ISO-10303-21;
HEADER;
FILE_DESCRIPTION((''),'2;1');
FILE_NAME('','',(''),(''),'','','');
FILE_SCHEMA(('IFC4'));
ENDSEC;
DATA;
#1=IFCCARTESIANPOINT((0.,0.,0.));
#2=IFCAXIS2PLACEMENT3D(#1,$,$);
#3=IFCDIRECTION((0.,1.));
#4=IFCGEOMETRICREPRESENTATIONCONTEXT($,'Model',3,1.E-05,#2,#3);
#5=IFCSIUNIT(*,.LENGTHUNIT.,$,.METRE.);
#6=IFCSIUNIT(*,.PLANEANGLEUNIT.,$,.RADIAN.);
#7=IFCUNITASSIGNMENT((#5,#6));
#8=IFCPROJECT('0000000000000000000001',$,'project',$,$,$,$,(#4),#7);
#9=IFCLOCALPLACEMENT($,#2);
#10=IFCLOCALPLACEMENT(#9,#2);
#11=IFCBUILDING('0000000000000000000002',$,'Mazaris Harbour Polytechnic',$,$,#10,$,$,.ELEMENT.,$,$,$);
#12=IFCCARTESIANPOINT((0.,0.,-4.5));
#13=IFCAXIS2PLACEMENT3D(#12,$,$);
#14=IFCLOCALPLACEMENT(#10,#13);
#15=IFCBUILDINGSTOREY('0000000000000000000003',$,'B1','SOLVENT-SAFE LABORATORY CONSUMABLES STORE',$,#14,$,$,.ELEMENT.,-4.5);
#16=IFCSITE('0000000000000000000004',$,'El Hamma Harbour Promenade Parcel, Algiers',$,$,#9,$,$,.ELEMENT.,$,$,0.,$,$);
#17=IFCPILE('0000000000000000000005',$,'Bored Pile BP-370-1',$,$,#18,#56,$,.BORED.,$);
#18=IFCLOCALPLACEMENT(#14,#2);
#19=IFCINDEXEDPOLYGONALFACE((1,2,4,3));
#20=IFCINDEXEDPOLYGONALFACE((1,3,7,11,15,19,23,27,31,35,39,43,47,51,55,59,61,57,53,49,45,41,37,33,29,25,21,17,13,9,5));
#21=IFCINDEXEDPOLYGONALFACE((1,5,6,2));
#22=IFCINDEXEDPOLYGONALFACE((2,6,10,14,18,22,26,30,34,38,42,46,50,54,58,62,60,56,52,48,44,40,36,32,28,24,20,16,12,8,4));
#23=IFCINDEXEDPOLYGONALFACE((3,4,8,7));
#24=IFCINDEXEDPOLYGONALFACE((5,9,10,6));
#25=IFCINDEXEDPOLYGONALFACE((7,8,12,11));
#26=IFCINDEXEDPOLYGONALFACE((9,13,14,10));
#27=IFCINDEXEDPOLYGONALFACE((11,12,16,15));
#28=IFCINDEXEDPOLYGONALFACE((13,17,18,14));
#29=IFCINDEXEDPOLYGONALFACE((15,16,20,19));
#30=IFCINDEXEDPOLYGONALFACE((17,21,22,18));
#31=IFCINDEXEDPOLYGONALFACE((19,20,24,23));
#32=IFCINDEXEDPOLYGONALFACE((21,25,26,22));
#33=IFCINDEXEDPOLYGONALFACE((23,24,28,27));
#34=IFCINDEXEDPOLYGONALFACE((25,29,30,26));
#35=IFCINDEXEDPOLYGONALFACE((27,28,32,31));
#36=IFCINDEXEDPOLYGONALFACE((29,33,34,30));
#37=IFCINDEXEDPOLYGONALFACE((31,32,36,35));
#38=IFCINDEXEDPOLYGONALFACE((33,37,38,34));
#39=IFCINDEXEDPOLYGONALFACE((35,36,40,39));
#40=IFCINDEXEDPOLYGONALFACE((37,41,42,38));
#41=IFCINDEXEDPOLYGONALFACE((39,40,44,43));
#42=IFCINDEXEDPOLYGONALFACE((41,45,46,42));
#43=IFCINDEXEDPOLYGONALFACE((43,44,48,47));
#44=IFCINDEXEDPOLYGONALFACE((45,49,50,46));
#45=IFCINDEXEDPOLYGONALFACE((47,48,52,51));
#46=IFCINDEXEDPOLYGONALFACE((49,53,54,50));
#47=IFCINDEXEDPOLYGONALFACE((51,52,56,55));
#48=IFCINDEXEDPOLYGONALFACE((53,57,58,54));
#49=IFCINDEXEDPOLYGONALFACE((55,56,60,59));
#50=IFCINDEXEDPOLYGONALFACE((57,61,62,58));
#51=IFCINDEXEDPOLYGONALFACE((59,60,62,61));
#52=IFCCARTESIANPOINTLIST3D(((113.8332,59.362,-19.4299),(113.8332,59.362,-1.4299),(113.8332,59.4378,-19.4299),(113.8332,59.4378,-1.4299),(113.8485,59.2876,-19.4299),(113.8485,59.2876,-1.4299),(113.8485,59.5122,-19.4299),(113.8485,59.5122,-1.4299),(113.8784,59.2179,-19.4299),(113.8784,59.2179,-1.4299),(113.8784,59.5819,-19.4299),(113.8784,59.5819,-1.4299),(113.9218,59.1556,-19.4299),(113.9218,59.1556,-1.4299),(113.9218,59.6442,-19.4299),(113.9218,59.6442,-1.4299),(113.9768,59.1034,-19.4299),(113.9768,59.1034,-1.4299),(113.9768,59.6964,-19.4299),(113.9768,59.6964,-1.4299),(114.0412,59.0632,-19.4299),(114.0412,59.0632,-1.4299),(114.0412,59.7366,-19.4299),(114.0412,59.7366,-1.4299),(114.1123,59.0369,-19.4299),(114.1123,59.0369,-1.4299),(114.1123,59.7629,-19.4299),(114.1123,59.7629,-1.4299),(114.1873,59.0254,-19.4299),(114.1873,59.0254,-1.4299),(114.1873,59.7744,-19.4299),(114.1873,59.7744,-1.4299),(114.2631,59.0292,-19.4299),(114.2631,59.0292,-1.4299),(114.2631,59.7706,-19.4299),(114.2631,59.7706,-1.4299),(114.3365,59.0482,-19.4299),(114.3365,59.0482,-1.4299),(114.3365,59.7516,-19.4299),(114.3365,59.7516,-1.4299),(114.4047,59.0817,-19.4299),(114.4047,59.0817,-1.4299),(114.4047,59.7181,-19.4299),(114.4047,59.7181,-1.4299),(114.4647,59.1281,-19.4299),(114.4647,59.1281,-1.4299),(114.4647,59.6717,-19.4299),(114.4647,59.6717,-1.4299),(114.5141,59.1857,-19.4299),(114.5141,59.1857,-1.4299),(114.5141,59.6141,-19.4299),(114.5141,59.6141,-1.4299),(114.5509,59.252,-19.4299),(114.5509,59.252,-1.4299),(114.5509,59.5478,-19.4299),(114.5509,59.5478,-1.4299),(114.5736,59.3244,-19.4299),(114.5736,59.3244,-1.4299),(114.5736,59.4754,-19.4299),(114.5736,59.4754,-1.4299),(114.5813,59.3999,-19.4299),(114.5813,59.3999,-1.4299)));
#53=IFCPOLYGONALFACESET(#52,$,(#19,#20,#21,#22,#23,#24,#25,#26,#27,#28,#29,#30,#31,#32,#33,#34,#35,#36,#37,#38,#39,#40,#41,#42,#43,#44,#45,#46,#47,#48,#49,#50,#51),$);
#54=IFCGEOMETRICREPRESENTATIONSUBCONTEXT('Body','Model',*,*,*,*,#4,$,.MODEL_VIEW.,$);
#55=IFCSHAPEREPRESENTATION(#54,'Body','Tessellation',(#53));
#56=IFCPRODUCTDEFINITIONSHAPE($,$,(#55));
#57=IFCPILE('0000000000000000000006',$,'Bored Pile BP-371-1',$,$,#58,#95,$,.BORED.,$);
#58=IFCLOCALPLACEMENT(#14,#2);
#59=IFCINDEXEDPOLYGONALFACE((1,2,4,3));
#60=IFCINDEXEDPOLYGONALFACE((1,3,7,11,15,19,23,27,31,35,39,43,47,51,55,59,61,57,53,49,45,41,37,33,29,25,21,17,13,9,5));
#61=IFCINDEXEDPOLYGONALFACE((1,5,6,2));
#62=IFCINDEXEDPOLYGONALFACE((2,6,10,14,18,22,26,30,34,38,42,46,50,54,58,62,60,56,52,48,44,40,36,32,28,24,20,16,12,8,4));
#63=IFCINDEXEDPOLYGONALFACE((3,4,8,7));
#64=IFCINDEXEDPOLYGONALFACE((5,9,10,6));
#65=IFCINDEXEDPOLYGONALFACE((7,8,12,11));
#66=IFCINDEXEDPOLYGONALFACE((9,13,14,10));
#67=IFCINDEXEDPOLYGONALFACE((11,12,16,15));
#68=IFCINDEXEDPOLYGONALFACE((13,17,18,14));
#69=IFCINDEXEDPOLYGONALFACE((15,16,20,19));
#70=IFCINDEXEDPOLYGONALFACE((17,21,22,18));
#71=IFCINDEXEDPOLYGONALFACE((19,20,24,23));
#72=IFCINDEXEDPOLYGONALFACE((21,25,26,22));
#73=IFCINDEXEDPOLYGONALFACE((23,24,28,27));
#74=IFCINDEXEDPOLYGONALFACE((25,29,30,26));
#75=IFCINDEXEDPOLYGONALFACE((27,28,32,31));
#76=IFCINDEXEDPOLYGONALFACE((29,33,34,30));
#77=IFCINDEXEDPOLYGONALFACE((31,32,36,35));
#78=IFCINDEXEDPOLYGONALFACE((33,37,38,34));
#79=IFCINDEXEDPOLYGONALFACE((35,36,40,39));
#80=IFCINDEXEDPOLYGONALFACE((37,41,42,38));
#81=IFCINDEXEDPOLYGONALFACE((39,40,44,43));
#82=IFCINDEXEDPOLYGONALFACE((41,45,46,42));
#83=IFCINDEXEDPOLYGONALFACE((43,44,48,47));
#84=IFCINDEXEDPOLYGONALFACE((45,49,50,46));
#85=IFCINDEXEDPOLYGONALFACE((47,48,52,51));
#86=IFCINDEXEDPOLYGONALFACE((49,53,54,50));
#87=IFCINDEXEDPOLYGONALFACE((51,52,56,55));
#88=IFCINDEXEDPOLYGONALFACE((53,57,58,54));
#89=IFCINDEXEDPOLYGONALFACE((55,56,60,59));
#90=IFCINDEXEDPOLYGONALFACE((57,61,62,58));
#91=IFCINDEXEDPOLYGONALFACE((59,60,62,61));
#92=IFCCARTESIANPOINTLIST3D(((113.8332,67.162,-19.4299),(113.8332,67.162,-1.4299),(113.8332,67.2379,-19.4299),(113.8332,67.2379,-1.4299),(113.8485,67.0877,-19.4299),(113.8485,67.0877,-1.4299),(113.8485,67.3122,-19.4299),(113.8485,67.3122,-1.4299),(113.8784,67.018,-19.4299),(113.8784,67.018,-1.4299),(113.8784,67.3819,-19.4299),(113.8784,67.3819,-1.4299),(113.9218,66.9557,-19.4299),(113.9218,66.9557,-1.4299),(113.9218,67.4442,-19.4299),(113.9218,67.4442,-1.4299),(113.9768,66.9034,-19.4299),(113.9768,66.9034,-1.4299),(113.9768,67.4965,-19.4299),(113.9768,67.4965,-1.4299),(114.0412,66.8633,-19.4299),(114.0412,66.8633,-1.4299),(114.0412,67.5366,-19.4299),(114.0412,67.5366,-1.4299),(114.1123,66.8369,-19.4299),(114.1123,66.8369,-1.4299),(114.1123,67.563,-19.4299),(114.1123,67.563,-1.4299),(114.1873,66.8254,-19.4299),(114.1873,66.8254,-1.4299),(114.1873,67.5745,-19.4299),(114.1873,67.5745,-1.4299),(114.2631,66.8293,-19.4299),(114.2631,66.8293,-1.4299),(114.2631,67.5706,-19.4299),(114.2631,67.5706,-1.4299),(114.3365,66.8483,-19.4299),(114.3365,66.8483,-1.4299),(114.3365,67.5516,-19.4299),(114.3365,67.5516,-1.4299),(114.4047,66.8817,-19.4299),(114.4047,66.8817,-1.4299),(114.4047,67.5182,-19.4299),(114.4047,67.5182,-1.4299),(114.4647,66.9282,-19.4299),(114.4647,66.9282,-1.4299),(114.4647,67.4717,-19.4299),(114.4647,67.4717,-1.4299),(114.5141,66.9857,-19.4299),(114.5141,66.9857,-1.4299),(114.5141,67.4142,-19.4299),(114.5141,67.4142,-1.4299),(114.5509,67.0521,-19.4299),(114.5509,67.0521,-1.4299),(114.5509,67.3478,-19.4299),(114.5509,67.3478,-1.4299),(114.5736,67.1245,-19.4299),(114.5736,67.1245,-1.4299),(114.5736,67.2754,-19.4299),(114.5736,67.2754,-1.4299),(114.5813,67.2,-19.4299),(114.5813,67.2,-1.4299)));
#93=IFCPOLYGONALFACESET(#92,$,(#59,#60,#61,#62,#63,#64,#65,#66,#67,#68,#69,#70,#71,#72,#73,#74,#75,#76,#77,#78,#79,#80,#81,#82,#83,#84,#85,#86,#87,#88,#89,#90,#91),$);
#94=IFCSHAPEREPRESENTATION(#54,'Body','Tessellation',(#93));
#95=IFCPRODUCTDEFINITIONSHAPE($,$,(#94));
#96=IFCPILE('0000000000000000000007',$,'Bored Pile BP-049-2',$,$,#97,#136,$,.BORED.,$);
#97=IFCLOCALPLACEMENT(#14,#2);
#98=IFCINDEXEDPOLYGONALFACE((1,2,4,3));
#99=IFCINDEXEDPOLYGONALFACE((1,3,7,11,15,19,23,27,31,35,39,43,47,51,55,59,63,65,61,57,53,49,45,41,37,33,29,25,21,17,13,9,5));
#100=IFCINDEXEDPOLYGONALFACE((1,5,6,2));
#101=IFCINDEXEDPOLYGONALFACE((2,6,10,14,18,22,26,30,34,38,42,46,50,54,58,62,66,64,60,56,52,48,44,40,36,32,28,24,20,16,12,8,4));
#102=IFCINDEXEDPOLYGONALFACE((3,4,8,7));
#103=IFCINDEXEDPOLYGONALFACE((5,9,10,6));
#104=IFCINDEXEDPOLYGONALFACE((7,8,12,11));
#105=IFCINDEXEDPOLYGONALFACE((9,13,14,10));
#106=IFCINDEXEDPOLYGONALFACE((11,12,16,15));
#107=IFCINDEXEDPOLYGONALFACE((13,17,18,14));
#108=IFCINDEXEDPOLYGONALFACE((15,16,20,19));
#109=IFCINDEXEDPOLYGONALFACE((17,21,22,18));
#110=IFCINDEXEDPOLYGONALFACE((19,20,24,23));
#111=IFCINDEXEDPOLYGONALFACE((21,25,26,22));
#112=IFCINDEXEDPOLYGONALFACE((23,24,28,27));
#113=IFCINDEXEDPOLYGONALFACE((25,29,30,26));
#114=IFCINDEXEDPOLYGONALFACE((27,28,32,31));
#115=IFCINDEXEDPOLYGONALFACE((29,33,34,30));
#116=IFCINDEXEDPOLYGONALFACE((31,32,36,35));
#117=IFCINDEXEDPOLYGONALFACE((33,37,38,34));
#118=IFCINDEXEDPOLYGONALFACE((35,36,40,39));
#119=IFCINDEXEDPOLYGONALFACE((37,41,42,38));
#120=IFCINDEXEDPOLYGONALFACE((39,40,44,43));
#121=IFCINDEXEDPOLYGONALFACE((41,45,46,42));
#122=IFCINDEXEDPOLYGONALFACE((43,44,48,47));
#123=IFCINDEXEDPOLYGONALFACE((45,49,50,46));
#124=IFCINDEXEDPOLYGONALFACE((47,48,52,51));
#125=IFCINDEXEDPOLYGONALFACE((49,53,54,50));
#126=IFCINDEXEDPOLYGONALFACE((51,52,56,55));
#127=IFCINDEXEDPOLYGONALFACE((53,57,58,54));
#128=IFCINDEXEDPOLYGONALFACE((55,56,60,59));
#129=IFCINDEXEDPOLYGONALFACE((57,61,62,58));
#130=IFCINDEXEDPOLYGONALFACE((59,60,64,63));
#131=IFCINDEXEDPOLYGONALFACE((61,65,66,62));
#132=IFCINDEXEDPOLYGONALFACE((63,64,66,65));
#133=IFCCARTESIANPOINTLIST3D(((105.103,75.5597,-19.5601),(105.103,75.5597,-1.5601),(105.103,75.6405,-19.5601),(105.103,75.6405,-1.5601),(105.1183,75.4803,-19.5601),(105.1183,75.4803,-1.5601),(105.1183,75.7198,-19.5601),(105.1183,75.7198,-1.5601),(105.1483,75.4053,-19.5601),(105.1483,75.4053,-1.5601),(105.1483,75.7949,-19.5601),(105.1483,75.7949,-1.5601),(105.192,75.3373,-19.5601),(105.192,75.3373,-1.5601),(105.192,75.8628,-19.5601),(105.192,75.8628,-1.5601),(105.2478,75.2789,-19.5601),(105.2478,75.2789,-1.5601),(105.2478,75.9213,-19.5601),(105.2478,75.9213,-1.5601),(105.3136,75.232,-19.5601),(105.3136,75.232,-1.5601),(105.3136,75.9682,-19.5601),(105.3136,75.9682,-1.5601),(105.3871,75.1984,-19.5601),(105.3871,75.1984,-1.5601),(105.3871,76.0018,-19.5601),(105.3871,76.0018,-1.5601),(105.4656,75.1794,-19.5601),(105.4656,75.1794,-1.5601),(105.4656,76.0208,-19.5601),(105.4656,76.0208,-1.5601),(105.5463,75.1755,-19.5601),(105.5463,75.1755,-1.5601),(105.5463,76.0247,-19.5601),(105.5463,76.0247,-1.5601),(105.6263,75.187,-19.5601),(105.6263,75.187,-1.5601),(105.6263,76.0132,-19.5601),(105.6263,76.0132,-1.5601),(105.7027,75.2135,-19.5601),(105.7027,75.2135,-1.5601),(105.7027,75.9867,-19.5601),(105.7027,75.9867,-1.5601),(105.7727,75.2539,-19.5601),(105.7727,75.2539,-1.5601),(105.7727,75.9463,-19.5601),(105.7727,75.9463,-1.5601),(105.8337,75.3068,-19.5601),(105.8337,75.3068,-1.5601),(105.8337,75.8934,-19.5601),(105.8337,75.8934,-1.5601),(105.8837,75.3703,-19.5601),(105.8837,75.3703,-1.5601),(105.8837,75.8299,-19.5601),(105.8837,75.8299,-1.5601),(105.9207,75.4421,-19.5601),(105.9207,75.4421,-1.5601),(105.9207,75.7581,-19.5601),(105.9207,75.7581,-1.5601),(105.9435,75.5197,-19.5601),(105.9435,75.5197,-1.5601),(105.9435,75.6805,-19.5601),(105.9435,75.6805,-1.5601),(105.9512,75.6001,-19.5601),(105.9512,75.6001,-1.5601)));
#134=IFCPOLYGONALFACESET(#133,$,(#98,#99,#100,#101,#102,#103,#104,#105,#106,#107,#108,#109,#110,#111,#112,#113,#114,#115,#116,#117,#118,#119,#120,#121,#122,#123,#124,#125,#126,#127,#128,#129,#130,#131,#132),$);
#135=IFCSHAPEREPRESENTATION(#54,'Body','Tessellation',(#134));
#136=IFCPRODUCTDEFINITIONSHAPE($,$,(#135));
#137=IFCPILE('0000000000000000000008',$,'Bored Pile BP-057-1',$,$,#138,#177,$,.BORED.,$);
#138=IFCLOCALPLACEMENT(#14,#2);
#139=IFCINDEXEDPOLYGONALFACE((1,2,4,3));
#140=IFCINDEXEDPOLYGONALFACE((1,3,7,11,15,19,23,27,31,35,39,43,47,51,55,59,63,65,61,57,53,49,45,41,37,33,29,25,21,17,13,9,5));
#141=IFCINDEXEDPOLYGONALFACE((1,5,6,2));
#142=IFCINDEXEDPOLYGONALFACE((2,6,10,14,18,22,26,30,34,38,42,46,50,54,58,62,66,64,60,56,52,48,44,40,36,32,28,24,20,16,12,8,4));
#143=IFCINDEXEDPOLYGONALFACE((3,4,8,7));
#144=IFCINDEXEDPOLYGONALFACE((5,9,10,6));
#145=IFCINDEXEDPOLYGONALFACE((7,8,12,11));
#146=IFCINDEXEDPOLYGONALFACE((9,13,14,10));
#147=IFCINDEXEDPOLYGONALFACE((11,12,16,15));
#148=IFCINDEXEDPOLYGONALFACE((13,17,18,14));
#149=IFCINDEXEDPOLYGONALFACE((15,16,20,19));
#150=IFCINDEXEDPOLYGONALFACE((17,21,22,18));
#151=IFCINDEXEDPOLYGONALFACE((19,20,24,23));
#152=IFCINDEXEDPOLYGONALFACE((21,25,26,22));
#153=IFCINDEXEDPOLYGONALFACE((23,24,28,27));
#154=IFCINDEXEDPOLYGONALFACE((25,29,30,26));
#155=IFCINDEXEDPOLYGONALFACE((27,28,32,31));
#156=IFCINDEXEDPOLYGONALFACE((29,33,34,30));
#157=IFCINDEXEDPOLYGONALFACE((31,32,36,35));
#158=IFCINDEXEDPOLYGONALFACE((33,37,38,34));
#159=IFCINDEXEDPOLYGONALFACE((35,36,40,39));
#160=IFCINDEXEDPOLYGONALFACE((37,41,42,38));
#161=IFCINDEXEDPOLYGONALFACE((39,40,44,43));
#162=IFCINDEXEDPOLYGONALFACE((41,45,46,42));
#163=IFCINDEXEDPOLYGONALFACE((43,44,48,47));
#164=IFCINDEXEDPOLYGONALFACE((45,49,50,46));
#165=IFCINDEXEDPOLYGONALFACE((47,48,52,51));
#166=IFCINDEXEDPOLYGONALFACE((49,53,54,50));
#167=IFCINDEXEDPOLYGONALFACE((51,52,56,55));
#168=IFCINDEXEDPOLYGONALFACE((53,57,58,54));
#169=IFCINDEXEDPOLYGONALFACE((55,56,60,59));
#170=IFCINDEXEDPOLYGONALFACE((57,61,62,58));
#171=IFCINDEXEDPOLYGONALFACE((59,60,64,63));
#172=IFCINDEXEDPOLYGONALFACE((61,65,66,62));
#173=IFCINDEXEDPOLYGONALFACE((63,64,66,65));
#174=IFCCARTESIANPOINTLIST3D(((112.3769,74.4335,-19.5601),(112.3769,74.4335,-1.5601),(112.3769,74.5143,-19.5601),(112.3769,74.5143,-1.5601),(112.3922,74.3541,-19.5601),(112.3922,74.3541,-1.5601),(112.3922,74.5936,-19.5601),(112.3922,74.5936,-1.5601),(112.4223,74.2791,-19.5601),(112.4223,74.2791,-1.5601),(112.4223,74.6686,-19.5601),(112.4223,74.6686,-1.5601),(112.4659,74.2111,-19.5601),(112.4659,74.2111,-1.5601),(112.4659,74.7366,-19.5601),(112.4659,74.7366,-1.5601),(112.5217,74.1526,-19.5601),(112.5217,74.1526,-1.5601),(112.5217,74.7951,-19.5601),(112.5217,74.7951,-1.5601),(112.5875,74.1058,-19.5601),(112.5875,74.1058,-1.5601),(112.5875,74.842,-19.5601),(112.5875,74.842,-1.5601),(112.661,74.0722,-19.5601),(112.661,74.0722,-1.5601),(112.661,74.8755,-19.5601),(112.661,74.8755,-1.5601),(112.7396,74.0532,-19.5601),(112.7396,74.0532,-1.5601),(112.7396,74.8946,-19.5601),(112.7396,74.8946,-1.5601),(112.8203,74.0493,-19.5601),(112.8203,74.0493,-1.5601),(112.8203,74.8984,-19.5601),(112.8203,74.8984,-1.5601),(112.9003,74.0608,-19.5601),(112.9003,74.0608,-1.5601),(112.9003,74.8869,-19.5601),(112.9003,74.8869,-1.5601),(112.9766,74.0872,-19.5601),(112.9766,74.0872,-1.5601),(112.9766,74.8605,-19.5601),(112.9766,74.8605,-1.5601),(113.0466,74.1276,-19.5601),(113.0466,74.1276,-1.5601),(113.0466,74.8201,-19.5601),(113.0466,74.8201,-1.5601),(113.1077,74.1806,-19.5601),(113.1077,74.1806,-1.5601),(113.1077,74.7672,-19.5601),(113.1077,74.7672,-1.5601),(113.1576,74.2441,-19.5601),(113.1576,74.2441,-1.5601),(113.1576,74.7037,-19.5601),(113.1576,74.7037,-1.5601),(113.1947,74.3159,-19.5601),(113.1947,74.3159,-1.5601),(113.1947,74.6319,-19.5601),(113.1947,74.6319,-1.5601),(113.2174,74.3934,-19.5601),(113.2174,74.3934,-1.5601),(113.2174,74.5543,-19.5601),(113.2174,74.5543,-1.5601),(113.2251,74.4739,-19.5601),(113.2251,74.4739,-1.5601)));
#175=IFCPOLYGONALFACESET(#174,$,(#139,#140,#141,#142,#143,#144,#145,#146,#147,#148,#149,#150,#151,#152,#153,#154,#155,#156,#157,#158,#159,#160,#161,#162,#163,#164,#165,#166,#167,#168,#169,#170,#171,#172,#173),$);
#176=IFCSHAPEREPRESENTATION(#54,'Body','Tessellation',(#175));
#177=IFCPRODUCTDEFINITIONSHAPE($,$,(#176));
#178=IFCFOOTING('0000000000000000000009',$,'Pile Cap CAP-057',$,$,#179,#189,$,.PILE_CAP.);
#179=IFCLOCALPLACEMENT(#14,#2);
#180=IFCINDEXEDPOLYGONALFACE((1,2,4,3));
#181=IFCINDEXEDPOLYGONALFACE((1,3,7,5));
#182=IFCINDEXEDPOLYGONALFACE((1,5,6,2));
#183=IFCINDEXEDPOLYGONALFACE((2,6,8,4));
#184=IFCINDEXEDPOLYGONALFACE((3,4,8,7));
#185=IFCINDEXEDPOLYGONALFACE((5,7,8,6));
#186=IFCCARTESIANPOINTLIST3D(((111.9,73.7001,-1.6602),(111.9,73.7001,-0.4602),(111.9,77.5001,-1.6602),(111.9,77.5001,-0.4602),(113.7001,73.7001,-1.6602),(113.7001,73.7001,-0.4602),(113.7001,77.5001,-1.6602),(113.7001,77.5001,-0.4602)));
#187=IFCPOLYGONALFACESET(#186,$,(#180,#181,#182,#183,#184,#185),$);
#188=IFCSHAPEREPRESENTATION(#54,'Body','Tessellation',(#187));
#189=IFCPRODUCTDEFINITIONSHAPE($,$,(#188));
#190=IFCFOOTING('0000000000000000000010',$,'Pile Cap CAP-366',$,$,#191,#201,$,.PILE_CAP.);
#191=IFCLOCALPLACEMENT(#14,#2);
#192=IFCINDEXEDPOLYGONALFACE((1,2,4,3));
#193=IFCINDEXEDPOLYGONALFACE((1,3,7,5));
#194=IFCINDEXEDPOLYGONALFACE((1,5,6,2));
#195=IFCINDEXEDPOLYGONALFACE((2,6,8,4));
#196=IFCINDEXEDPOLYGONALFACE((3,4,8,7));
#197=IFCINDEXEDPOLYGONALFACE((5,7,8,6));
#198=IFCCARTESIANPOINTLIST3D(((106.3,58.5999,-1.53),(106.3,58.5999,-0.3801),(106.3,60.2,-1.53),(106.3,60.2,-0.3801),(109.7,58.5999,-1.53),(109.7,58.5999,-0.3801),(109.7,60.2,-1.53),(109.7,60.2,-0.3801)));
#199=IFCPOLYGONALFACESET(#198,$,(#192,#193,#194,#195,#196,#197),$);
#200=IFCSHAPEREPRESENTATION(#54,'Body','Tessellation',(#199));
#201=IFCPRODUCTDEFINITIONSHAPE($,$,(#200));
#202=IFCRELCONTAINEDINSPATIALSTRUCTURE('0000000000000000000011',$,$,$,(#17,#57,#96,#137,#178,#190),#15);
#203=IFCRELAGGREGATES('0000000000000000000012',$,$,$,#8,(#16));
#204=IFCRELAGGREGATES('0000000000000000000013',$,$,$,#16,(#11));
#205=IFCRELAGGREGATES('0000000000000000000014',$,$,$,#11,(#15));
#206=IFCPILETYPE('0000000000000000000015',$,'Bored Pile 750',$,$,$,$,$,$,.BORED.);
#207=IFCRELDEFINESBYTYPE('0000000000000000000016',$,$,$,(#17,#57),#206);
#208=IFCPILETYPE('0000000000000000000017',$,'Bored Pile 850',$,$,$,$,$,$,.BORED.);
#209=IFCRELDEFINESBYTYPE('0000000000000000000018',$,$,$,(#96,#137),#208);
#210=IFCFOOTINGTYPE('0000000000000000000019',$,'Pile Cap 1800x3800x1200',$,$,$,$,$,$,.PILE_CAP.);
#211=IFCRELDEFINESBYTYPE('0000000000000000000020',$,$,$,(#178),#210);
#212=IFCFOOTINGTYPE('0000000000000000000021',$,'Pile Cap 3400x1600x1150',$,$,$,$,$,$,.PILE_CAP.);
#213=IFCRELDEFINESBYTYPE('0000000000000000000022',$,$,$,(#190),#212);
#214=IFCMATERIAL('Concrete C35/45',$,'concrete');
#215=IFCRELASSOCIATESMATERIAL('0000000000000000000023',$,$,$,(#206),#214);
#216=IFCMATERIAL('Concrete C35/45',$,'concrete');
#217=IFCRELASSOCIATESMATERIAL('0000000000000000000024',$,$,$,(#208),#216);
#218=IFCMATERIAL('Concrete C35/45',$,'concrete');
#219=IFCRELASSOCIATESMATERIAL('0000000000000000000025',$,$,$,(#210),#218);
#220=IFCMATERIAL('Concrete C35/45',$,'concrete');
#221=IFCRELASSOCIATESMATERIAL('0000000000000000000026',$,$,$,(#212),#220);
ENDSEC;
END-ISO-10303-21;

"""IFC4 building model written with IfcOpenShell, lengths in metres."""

from ifc_helpers import new_model, si_unit, direction, frame, origin, origin_2d, place, context, subcontext, project, spatial, rectangle, circle, extrude, material, material_profile, profile_set, type_object, element, save


model = new_model("IFC4")

# Units and contexts
model_context = context("Model", 3, precision=1e-05, world=origin(), true_north=direction((0.0, 1.0)))
body_context = subcontext(model_context, "Body", "Model", "MODEL_VIEW")
ifc_project = project(units=[si_unit("LENGTHUNIT", "METRE"), si_unit("PLANEANGLEUNIT", "RADIAN")], contexts=[model_context])

# Site, building, storey
site_placement = place(None, origin())
site = spatial("IfcSite", under=ifc_project, at=site_placement, Name="El Hamma Harbour Promenade Parcel, Algiers", CompositionType="ELEMENT", RefElevation=0.0)
building_placement = place(site_placement, origin())
building = spatial("IfcBuilding", under=site, at=building_placement, Name="Mazaris Harbour Polytechnic", CompositionType="ELEMENT")
storey_placement = place(building_placement, frame((0.0, 0.0, -4.5)))
storey = spatial("IfcBuildingStorey", under=building, at=storey_placement, Name="B1", Description="SOLVENT-SAFE LABORATORY CONSUMABLES STORE", CompositionType="ELEMENT", Elevation=-4.5)

# Piles
ifc_material_1 = material(Name="Concrete C35/45", Category="concrete")
ifc_material_profile_1 = material_profile(ifc_material_1, circle(Radius=0.375, at=origin_2d()), Name="DIA750")
ifc_profile_set_1 = profile_set([ifc_material_profile_1], Name="Concrete C35/45")
pile_type_1 = type_object("IfcPileType", Name="Bored Pile 750", PredefinedType="BORED", material=ifc_profile_set_1)
for number, where, z_axis, x_axis, name in (
    (1, (114.2063, 59.3999, -1.4299), (0.0, 0.0, -1.0), (1.0, 0.0, 0.0), "Bored Pile BP-370-1"),
    (2, (114.2063, 67.2, -1.4299), (0.0, 0.0, -1.0), (1.0, 0.0, 0.0), "Bored Pile BP-371-1"),
):
    element("IfcPile", number, at=place(storey_placement, frame(where, z_axis=z_axis, x_axis=x_axis)), inside=storey, type_object=pile_type_1, Name=name, PredefinedType="BORED", context=body_context, shape_type="SweptSolid", body=[
        extrude(circle(Radius=0.375, at=origin_2d()), origin(), (0.0, 0.0, 1.0), 18.0),
    ])
ifc_material_2 = material(Name="Concrete C35/45", Category="concrete")
ifc_material_profile_2 = material_profile(ifc_material_2, circle(Radius=0.425, at=origin_2d()), Name="DIA850")
ifc_profile_set_2 = profile_set([ifc_material_profile_2], Name="Concrete C35/45")
pile_type_2 = type_object("IfcPileType", Name="Bored Pile 850", PredefinedType="BORED", material=ifc_profile_set_2)
for number, where, z_axis, x_axis, name in (
    (3, (105.5261, 75.6001, -1.5601), (0.0, 0.0, -1.0), (1.0, 0.0, 0.0), "Bored Pile BP-049-2"),
    (4, (112.8, 74.4739, -1.5601), (0.0, 0.0, -1.0), (1.0, 0.0, 0.0), "Bored Pile BP-057-1"),
):
    element("IfcPile", number, at=place(storey_placement, frame(where, z_axis=z_axis, x_axis=x_axis)), inside=storey, type_object=pile_type_2, Name=name, PredefinedType="BORED", context=body_context, shape_type="SweptSolid", body=[
        extrude(circle(Radius=0.425, at=origin_2d()), origin(), (0.0, 0.0, 1.0), 18.0),
    ])

# Footings
ifc_material_3 = material(Name="Concrete C35/45", Category="concrete")
footing_type_1 = type_object("IfcFootingType", Name="Pile Cap 1800x3800x1200", PredefinedType="PILE_CAP", material=ifc_material_3)
footing_1_placement = place(storey_placement, frame((112.8, 75.6001, -1.6602), z_axis=(0.0, 0.0, 1.0), x_axis=(1.0, 0.0, 0.0)))
element("IfcFooting", 5, at=footing_1_placement, inside=storey, type_object=footing_type_1, Name="Pile Cap CAP-057", PredefinedType="PILE_CAP", context=body_context, shape_type="SweptSolid", body=[
    extrude(rectangle(XDim=1.8, YDim=3.8, at=origin_2d()), origin(), (0.0, 0.0, 1.0), 1.2),
])
ifc_material_4 = material(Name="Concrete C35/45", Category="concrete")
footing_type_2 = type_object("IfcFootingType", Name="Pile Cap 3400x1600x1150", PredefinedType="PILE_CAP", material=ifc_material_4)
for number, where, z_axis, x_axis, name in (
    (6, (108.0, 59.3999, -1.53), (0.0, 0.0, 1.0), (1.0, 0.0, 0.0), "Pile Cap CAP-366"),
):
    element("IfcFooting", number, at=place(storey_placement, frame(where, z_axis=z_axis, x_axis=x_axis)), inside=storey, type_object=footing_type_2, Name=name, PredefinedType="PILE_CAP", context=body_context, shape_type="SweptSolid", body=[
        extrude(rectangle(XDim=3.3999, YDim=1.6001, at=origin_2d()), origin(), (0.0, 0.0, 1.0), 1.1499),
    ])

save(model, "model.ifc")
